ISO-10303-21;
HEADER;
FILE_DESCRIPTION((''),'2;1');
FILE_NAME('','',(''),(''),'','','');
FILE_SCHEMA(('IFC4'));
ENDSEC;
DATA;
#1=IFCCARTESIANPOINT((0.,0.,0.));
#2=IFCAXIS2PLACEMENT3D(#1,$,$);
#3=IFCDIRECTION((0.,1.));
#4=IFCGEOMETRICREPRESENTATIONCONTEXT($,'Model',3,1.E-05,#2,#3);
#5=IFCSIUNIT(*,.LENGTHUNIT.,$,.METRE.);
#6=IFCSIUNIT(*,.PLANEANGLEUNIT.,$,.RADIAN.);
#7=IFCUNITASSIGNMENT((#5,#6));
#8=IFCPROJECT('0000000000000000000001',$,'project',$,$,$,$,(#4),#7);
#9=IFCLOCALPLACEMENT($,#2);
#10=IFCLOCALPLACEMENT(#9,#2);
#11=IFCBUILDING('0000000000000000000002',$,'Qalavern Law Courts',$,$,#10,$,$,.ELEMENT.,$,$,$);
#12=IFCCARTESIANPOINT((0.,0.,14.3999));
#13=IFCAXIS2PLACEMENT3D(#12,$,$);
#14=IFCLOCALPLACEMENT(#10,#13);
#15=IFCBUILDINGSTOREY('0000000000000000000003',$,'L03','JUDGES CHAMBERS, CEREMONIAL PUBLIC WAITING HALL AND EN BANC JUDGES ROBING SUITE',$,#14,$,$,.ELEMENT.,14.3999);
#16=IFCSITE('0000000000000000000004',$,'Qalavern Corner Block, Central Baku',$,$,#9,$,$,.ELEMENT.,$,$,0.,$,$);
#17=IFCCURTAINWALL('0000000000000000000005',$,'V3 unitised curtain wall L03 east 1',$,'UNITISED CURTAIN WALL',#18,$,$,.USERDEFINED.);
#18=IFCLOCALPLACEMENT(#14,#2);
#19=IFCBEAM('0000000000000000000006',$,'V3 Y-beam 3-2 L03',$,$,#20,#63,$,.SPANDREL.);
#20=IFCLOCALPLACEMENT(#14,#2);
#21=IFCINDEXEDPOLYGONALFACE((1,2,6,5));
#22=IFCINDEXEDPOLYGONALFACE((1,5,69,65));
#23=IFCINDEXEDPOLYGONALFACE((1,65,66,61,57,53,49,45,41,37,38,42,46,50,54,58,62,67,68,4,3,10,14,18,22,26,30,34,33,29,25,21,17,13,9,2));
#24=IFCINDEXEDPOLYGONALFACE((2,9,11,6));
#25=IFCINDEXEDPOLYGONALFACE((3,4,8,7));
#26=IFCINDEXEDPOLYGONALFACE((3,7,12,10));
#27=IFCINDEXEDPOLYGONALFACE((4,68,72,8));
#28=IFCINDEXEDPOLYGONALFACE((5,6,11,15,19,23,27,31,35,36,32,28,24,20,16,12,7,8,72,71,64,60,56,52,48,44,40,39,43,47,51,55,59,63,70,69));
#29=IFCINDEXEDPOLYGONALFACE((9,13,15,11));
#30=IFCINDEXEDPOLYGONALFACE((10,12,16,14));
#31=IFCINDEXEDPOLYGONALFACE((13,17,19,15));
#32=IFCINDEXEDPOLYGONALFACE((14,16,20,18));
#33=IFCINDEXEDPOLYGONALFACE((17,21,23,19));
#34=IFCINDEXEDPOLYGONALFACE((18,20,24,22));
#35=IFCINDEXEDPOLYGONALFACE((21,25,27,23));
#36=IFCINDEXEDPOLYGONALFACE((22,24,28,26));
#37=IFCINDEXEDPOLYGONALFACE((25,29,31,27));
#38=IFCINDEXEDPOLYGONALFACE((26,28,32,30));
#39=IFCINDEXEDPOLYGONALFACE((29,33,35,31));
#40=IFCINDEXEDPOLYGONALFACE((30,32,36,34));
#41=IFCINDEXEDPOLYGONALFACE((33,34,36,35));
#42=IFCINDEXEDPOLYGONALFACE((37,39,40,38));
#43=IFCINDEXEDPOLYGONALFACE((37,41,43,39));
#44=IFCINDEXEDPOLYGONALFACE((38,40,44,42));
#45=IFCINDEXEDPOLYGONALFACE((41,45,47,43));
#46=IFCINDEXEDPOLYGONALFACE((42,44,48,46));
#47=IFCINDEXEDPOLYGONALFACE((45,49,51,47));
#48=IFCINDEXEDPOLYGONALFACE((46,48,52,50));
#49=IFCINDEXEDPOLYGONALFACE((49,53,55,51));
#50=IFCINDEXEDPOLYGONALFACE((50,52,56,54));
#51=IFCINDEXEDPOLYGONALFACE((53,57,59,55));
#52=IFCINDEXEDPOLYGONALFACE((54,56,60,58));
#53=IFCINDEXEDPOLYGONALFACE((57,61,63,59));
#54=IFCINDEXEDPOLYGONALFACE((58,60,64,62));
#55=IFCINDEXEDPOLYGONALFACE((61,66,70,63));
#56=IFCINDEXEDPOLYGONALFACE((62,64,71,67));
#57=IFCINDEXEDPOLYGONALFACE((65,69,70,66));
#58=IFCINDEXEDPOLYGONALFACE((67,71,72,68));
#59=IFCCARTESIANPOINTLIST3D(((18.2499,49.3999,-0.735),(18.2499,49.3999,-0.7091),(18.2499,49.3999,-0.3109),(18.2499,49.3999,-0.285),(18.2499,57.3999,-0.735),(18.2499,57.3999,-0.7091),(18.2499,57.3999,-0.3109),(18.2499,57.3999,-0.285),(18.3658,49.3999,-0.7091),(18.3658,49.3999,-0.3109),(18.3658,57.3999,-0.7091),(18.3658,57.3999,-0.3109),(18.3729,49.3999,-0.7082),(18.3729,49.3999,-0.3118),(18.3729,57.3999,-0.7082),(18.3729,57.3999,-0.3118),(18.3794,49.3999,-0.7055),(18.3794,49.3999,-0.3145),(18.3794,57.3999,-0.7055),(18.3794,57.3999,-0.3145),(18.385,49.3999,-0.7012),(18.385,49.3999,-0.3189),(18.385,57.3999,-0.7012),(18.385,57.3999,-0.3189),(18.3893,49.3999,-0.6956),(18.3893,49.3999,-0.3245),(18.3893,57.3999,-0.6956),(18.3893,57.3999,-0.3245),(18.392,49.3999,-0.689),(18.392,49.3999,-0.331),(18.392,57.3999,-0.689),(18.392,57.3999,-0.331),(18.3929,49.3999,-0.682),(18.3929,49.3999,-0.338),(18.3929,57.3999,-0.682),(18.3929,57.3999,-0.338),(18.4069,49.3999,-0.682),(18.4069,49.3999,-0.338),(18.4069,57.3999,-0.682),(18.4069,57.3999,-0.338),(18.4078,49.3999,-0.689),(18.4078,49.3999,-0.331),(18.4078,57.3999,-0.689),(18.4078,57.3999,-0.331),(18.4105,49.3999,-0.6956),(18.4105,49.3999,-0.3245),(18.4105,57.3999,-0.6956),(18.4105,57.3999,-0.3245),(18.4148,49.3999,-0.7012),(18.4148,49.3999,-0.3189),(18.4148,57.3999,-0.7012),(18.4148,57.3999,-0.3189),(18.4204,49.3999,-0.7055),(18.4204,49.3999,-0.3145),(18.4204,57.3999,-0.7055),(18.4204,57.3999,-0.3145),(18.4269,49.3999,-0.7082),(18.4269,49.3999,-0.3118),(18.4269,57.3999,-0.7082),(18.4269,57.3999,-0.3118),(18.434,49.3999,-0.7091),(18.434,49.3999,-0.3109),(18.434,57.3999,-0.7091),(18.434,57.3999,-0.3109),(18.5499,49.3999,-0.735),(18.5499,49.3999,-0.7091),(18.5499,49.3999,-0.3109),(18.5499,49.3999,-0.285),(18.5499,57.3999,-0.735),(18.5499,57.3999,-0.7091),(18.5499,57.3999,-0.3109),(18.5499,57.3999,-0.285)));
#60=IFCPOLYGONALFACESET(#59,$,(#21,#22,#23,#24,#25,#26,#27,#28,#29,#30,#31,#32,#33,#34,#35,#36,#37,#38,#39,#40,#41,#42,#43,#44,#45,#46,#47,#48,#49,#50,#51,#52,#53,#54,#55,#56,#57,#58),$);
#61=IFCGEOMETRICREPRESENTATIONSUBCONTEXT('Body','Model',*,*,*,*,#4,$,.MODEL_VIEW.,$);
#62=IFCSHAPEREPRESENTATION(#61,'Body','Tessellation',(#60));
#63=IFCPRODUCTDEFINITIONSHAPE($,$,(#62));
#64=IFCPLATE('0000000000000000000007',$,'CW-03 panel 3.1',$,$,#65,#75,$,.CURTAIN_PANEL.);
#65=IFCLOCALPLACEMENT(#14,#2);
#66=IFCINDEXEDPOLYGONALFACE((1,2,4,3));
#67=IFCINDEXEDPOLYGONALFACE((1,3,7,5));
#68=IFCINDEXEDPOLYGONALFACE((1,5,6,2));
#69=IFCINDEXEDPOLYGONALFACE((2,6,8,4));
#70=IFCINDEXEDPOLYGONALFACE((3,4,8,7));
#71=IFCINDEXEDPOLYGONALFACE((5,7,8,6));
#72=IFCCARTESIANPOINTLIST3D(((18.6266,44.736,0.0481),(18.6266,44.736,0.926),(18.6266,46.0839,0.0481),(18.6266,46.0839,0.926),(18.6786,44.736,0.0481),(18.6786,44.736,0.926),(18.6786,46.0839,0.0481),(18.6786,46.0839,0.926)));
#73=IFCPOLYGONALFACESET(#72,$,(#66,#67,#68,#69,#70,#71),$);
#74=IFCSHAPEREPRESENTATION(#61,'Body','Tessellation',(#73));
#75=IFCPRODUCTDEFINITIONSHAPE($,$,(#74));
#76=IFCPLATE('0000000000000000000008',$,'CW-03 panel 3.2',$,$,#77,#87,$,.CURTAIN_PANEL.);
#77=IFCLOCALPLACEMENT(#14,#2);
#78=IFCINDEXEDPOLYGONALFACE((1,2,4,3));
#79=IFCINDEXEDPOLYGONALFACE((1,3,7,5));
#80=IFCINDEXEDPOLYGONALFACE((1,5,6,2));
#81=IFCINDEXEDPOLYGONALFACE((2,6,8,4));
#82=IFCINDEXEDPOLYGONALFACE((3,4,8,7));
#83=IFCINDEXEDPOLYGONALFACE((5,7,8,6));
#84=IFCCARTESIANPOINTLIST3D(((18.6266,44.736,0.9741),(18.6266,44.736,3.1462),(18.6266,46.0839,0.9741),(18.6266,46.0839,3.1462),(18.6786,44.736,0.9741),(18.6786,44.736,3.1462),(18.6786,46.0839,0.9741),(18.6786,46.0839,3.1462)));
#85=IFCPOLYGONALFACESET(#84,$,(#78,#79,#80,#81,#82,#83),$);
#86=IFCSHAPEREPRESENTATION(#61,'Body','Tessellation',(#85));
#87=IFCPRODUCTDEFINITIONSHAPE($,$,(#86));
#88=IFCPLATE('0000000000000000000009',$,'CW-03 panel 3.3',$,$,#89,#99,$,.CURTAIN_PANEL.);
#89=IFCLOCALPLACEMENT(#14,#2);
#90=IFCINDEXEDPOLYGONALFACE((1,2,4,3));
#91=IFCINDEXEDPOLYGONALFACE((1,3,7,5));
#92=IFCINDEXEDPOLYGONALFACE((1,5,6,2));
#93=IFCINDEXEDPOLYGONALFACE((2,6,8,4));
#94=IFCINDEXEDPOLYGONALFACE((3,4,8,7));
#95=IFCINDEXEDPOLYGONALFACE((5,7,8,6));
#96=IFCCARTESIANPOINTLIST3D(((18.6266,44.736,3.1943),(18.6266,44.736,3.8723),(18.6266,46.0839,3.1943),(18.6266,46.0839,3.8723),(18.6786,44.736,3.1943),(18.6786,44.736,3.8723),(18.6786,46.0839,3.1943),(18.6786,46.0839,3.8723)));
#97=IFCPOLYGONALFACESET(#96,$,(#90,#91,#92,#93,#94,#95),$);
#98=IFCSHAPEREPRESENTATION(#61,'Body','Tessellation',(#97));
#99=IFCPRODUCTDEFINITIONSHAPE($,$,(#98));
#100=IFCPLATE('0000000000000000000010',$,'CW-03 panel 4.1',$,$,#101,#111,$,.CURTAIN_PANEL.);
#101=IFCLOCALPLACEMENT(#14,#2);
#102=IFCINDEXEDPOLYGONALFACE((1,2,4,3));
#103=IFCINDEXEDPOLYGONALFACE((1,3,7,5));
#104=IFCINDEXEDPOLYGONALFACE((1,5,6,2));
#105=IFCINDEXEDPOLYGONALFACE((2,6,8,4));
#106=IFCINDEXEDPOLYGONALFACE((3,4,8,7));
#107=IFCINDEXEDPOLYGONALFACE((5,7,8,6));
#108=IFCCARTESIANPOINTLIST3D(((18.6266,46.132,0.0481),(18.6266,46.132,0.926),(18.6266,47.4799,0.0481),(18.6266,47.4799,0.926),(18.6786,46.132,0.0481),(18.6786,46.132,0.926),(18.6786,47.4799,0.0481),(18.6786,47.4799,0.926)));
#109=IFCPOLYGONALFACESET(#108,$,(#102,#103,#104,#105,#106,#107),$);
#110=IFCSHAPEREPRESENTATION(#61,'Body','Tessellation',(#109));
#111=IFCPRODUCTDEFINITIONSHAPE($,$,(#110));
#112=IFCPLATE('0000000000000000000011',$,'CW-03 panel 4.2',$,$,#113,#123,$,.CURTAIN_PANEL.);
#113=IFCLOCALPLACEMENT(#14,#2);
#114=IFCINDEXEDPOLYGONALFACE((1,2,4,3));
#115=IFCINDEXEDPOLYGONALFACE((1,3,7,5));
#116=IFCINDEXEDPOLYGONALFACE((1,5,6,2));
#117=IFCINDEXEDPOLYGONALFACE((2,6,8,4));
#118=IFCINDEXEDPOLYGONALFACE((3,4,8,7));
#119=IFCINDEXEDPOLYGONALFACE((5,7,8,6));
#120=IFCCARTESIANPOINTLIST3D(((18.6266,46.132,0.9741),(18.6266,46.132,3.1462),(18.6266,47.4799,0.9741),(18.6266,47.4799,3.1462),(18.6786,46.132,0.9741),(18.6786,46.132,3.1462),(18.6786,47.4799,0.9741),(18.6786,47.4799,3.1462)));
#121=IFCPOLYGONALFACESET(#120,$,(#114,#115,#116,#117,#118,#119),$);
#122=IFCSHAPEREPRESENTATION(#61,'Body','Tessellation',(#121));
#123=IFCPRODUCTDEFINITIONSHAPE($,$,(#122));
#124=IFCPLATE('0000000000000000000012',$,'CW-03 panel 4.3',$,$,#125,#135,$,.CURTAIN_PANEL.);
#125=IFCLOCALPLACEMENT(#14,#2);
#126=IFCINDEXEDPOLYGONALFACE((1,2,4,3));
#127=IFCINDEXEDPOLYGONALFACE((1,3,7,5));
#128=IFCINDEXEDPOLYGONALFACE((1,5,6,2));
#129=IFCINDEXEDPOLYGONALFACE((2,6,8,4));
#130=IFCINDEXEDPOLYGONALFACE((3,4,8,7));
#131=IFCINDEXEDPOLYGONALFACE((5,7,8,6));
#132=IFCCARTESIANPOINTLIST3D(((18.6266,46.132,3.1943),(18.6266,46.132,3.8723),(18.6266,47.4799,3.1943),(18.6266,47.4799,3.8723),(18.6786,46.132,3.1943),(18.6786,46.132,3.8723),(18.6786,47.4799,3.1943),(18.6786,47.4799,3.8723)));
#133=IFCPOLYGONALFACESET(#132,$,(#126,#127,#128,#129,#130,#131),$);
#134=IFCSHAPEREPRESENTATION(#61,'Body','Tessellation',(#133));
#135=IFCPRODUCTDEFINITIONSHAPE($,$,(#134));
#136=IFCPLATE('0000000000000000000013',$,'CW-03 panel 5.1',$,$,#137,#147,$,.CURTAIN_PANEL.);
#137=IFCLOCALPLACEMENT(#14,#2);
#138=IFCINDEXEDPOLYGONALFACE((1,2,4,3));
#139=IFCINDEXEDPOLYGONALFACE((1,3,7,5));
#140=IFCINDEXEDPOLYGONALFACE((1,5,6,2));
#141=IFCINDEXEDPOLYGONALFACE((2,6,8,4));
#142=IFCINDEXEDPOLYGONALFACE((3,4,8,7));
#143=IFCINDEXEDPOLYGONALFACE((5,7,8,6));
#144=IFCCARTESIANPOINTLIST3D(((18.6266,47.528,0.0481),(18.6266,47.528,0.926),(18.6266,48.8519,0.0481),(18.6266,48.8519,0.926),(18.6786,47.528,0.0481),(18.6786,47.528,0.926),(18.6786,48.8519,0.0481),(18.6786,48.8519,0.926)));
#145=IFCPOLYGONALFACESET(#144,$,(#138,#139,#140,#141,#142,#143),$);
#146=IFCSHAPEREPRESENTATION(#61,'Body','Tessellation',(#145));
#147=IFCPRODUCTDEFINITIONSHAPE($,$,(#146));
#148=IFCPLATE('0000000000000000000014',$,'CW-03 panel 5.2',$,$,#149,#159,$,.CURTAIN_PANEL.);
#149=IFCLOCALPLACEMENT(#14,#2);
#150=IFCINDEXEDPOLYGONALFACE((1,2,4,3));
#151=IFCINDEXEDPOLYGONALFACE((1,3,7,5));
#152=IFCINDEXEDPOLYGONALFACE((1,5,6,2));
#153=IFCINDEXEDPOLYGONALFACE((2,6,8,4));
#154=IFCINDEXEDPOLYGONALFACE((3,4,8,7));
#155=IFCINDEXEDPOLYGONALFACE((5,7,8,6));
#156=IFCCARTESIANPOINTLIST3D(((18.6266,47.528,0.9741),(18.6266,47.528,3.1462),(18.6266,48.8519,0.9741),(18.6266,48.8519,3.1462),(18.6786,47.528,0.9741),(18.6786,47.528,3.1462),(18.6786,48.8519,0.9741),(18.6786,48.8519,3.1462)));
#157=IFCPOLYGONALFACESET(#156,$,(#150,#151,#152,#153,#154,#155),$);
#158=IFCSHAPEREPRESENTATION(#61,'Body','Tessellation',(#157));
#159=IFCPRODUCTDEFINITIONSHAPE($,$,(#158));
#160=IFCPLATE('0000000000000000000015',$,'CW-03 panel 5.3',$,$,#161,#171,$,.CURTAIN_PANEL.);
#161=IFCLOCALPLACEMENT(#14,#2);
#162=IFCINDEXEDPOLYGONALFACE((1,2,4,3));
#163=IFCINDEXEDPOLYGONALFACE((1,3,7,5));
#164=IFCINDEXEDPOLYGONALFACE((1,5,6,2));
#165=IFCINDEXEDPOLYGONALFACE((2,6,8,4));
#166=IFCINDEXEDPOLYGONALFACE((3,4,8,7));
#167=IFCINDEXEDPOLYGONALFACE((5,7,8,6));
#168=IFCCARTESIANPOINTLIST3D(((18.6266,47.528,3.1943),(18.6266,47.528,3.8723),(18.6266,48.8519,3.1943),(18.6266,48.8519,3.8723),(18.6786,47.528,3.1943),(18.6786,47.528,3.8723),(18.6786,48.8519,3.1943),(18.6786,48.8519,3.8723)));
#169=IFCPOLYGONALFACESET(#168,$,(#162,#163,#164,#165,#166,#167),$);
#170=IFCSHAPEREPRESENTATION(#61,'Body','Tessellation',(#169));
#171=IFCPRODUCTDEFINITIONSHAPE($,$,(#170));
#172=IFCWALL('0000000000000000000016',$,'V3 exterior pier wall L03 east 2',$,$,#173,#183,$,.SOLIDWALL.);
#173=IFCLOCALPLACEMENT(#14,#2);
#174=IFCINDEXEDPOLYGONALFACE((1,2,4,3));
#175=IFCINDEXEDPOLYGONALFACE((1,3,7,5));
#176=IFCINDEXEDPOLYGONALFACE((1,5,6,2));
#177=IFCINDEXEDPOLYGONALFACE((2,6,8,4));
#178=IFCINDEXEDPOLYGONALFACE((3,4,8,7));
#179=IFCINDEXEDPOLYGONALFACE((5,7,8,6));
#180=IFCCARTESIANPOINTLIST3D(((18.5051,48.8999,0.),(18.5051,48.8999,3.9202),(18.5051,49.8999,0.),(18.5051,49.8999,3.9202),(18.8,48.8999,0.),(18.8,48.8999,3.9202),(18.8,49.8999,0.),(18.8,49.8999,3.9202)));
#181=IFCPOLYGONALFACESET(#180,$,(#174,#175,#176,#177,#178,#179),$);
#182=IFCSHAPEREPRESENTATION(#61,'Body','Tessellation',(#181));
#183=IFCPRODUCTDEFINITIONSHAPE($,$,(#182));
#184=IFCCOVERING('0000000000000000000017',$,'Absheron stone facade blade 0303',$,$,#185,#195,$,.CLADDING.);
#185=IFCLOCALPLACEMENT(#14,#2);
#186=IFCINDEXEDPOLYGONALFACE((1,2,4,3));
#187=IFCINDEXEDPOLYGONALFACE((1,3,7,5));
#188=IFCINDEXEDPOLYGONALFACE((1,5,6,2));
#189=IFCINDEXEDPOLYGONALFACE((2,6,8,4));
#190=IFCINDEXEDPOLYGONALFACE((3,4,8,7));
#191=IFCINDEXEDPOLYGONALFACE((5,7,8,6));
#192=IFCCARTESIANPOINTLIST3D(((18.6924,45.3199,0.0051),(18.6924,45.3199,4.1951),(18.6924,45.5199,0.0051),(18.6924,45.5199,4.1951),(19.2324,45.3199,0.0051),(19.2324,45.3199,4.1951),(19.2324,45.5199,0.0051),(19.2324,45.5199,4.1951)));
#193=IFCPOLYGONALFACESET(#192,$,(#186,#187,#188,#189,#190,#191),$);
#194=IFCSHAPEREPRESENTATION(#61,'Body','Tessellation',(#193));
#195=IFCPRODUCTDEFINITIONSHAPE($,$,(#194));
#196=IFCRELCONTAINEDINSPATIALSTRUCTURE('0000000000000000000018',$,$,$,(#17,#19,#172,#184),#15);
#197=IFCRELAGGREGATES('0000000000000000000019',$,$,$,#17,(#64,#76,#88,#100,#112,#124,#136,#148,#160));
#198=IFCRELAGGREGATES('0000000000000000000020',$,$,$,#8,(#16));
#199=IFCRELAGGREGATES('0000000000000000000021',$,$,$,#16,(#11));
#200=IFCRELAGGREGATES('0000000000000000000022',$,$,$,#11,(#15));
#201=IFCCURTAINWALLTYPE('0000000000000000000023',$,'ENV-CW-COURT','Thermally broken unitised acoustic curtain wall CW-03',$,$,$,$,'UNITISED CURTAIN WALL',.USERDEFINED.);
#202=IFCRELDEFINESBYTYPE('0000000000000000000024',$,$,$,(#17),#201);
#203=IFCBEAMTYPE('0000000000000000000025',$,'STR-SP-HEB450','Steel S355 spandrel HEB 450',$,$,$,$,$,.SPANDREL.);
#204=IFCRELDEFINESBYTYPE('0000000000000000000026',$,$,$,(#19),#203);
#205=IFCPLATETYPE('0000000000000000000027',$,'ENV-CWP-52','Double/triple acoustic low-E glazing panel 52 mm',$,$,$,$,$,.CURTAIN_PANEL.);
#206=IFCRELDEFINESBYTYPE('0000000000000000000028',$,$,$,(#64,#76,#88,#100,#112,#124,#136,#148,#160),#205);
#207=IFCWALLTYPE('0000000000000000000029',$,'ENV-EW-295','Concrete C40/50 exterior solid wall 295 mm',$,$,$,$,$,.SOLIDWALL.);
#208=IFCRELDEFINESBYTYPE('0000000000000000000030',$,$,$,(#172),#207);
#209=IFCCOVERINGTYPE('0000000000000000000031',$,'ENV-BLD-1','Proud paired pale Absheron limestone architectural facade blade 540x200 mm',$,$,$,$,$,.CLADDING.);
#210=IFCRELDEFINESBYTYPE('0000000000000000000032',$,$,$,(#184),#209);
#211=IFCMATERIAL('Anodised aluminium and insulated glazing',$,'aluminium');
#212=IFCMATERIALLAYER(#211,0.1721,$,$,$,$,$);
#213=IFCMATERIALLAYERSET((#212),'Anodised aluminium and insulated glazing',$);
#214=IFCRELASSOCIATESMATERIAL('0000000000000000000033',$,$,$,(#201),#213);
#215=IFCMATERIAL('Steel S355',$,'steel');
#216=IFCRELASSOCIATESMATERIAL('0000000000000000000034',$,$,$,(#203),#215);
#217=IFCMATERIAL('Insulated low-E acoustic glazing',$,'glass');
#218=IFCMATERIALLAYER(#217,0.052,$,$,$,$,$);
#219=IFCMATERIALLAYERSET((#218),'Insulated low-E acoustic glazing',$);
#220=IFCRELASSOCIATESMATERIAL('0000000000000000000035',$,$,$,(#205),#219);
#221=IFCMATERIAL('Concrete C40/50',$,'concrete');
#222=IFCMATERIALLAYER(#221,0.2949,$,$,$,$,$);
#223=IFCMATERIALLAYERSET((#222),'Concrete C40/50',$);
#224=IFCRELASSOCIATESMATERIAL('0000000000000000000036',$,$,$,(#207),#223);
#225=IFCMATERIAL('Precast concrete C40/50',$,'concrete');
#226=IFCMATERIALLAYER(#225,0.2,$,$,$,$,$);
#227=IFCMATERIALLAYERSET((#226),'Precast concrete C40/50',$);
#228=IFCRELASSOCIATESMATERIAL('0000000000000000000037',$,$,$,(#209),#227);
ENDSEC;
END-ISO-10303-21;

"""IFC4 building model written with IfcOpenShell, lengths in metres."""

from ifc_helpers import new_model, si_unit, direction, frame, frame_2d, origin, origin_2d, place, context, subcontext, project, spatial, rectangle, i_section, extrude, material, layer, layer_set, material_profile, profile_set, type_object, element, aggregate, save


model = new_model("IFC4")

# Units and contexts
model_context = context("Model", 3, precision=1e-05, world=origin(), true_north=direction((0.0, 1.0)))
body_context = subcontext(model_context, "Body", "Model", "MODEL_VIEW")
ifc_project = project(units=[si_unit("LENGTHUNIT", "METRE"), si_unit("PLANEANGLEUNIT", "RADIAN")], contexts=[model_context])

# Site, building, storey
site_placement = place(None, origin())
site = spatial("IfcSite", under=ifc_project, at=site_placement, Name="Qalavern Corner Block, Central Baku", CompositionType="ELEMENT", RefElevation=0.0)
building_placement = place(site_placement, origin())
building = spatial("IfcBuilding", under=site, at=building_placement, Name="Qalavern Law Courts", CompositionType="ELEMENT")
storey_placement = place(building_placement, frame((0.0, 0.0, 14.3999)))
storey = spatial("IfcBuildingStorey", under=building, at=storey_placement, Name="L03", Description="JUDGES CHAMBERS, CEREMONIAL PUBLIC WAITING HALL AND EN BANC JUDGES ROBING SUITE", CompositionType="ELEMENT", Elevation=14.3999)

# Curtain wall
ifc_material_1 = material(Name="Anodised aluminium and insulated glazing", Category="aluminium")
ifc_layer_1 = layer(ifc_material_1, 0.1721)
ifc_layer_set_1 = layer_set([ifc_layer_1], Name="Anodised aluminium and insulated glazing")
curtain_wall_type = type_object("IfcCurtainWallType", Name="ENV-CW-COURT", Description="Thermally broken unitised acoustic curtain wall CW-03", ElementType="UNITISED CURTAIN WALL", PredefinedType="USERDEFINED", material=ifc_layer_set_1)
curtain_wall_1_placement = place(storey_placement, origin())
curtain_wall_1 = element("IfcCurtainWall", 1, at=curtain_wall_1_placement, inside=storey, type_object=curtain_wall_type, Name="V3 unitised curtain wall L03 east 1", ObjectType="UNITISED CURTAIN WALL", PredefinedType="USERDEFINED")

# Beam
ifc_material_2 = material(Name="Steel S355", Category="steel")
ifc_material_profile_1 = material_profile(ifc_material_2, i_section(OverallWidth=0.3, OverallDepth=0.45, WebThickness=0.0139, FlangeThickness=0.0259, FilletRadius=0.0271, at=origin_2d()), Name="HEB 450")
ifc_profile_set_1 = profile_set([ifc_material_profile_1], Name="Steel S355")
beam_type = type_object("IfcBeamType", Name="STR-SP-HEB450", Description="Steel S355 spandrel HEB 450", PredefinedType="SPANDREL", material=ifc_profile_set_1)
beam_placement = place(storey_placement, frame((18.3999, 49.3999, -0.51), z_axis=(0.0, 1.0, 0.0), x_axis=(-1.0, 0.0, 0.0)))
element("IfcBeam", 2, at=beam_placement, inside=storey, type_object=beam_type, Name="V3 Y-beam 3-2 L03", PredefinedType="SPANDREL", context=body_context, shape_type="SweptSolid", body=[
    extrude(i_section(OverallWidth=0.3, OverallDepth=0.45, WebThickness=0.0139, FlangeThickness=0.0259, FilletRadius=0.0271, at=origin_2d()), origin(), (0.0, 0.0, 1.0), 8.0),
])

# Plates
ifc_material_3 = material(Name="Insulated low-E acoustic glazing", Category="glass")
ifc_layer_2 = layer(ifc_material_3, 0.052)
ifc_layer_set_2 = layer_set([ifc_layer_2], Name="Insulated low-E acoustic glazing")
plate_type = type_object("IfcPlateType", Name="ENV-CWP-52", Description="Double/triple acoustic low-E glazing panel 52 mm", PredefinedType="CURTAIN_PANEL", material=ifc_layer_set_2)
plate_1_placement = place(storey_placement, frame((18.6526, 45.4099, 0.0481), z_axis=(0.0, 0.0, 1.0), x_axis=(0.0, 1.0, 0.0)))
plate_1 = element("IfcPlate", 3, at=plate_1_placement, type_object=plate_type, Name="CW-03 panel 3.1", PredefinedType="CURTAIN_PANEL", context=body_context, shape_type="SweptSolid", body=[
    extrude(rectangle(XDim=1.3479, YDim=0.052, at=origin_2d()), origin(), (0.0, 0.0, 1.0), 0.8779),
])
plate_2_placement = place(storey_placement, frame((18.6526, 45.4099, 0.9741), z_axis=(0.0, 0.0, 1.0), x_axis=(0.0, 1.0, 0.0)))
plate_2 = element("IfcPlate", 4, at=plate_2_placement, type_object=plate_type, Name="CW-03 panel 3.2", PredefinedType="CURTAIN_PANEL", context=body_context, shape_type="SweptSolid", body=[
    extrude(rectangle(XDim=1.3479, YDim=0.052, at=origin_2d()), origin(), (0.0, 0.0, 1.0), 2.1721),
])
plate_3_placement = place(storey_placement, frame((18.6526, 45.4099, 3.1943), z_axis=(0.0, 0.0, 1.0), x_axis=(0.0, 1.0, 0.0)))
plate_3 = element("IfcPlate", 5, at=plate_3_placement, type_object=plate_type, Name="CW-03 panel 3.3", PredefinedType="CURTAIN_PANEL", context=body_context, shape_type="SweptSolid", body=[
    extrude(rectangle(XDim=1.3479, YDim=0.052, at=origin_2d()), origin(), (0.0, 0.0, 1.0), 0.678),
])
plate_4_placement = place(storey_placement, frame((18.6526, 46.8059, 0.0481), z_axis=(0.0, 0.0, 1.0), x_axis=(0.0, 1.0, 0.0)))
plate_4 = element("IfcPlate", 6, at=plate_4_placement, type_object=plate_type, Name="CW-03 panel 4.1", PredefinedType="CURTAIN_PANEL", context=body_context, shape_type="SweptSolid", body=[
    extrude(rectangle(XDim=1.3479, YDim=0.052, at=origin_2d()), origin(), (0.0, 0.0, 1.0), 0.8779),
])
plate_5_placement = place(storey_placement, frame((18.6526, 46.8059, 0.9741), z_axis=(0.0, 0.0, 1.0), x_axis=(0.0, 1.0, 0.0)))
plate_5 = element("IfcPlate", 7, at=plate_5_placement, type_object=plate_type, Name="CW-03 panel 4.2", PredefinedType="CURTAIN_PANEL", context=body_context, shape_type="SweptSolid", body=[
    extrude(rectangle(XDim=1.3479, YDim=0.052, at=origin_2d()), origin(), (0.0, 0.0, 1.0), 2.1721),
])
plate_6_placement = place(storey_placement, frame((18.6526, 46.8059, 3.1943), z_axis=(0.0, 0.0, 1.0), x_axis=(0.0, 1.0, 0.0)))
plate_6 = element("IfcPlate", 8, at=plate_6_placement, type_object=plate_type, Name="CW-03 panel 4.3", PredefinedType="CURTAIN_PANEL", context=body_context, shape_type="SweptSolid", body=[
    extrude(rectangle(XDim=1.3479, YDim=0.052, at=origin_2d()), origin(), (0.0, 0.0, 1.0), 0.678),
])
plate_7_placement = place(storey_placement, frame((18.6526, 48.1899, 0.0481), z_axis=(0.0, 0.0, 1.0), x_axis=(0.0, 1.0, 0.0)))
plate_7 = element("IfcPlate", 9, at=plate_7_placement, type_object=plate_type, Name="CW-03 panel 5.1", PredefinedType="CURTAIN_PANEL", context=body_context, shape_type="SweptSolid", body=[
    extrude(rectangle(XDim=1.324, YDim=0.052, at=origin_2d()), origin(), (0.0, 0.0, 1.0), 0.8779),
])
plate_8_placement = place(storey_placement, frame((18.6526, 48.1899, 0.9741), z_axis=(0.0, 0.0, 1.0), x_axis=(0.0, 1.0, 0.0)))
plate_8 = element("IfcPlate", 10, at=plate_8_placement, type_object=plate_type, Name="CW-03 panel 5.2", PredefinedType="CURTAIN_PANEL", context=body_context, shape_type="SweptSolid", body=[
    extrude(rectangle(XDim=1.324, YDim=0.052, at=origin_2d()), origin(), (0.0, 0.0, 1.0), 2.1721),
])
plate_9_placement = place(storey_placement, frame((18.6526, 48.1899, 3.1943), z_axis=(0.0, 0.0, 1.0), x_axis=(0.0, 1.0, 0.0)))
plate_9 = element("IfcPlate", 11, at=plate_9_placement, type_object=plate_type, Name="CW-03 panel 5.3", PredefinedType="CURTAIN_PANEL", context=body_context, shape_type="SweptSolid", body=[
    extrude(rectangle(XDim=1.324, YDim=0.052, at=origin_2d()), origin(), (0.0, 0.0, 1.0), 0.678),
])
aggregate(curtain_wall_1, [plate_1, plate_2, plate_3, plate_4, plate_5, plate_6, plate_7, plate_8, plate_9])

# Wall
ifc_material_4 = material(Name="Concrete C40/50", Category="concrete")
ifc_layer_3 = layer(ifc_material_4, 0.2949)
ifc_layer_set_3 = layer_set([ifc_layer_3], Name="Concrete C40/50")
wall_type = type_object("IfcWallType", Name="ENV-EW-295", Description="Concrete C40/50 exterior solid wall 295 mm", PredefinedType="SOLIDWALL", material=ifc_layer_set_3)
wall_placement = place(storey_placement, frame((18.6526, 48.8999, 0.0), z_axis=(0.0, 0.0, 1.0), x_axis=(0.0, 1.0, 0.0)))
element("IfcWall", 12, at=wall_placement, inside=storey, type_object=wall_type, Name="V3 exterior pier wall L03 east 2", PredefinedType="SOLIDWALL", context=body_context, shape_type="SweptSolid", body=[
    extrude(rectangle(XDim=1.0, YDim=0.2949, at=frame_2d((0.5, 0.0))), origin(), (0.0, 0.0, 1.0), 3.9202),
])

# Covering
ifc_material_5 = material(Name="Precast concrete C40/50", Category="concrete")
ifc_layer_4 = layer(ifc_material_5, 0.2)
ifc_layer_set_4 = layer_set([ifc_layer_4], Name="Precast concrete C40/50")
covering_type_1 = type_object("IfcCoveringType", Name="ENV-BLD-1", Description="Proud paired pale Absheron limestone architectural facade blade 540x200 mm", PredefinedType="CLADDING", material=ifc_layer_set_4)
for number, where, z_axis, x_axis, name in (
    (13, (18.9624, 45.4199, 0.0051), (0.0, 0.0, 1.0), (1.0, 0.0, 0.0), "Absheron stone facade blade 0303"),
):
    element("IfcCovering", number, at=place(storey_placement, frame(where, z_axis=z_axis, x_axis=x_axis)), inside=storey, type_object=covering_type_1, Name=name, PredefinedType="CLADDING", context=body_context, shape_type="SweptSolid", body=[
        extrude(rectangle(XDim=0.54, YDim=0.2, at=origin_2d()), origin(), (0.0, 0.0, 1.0), 4.1899),
    ])

save(model, "model.ifc")
